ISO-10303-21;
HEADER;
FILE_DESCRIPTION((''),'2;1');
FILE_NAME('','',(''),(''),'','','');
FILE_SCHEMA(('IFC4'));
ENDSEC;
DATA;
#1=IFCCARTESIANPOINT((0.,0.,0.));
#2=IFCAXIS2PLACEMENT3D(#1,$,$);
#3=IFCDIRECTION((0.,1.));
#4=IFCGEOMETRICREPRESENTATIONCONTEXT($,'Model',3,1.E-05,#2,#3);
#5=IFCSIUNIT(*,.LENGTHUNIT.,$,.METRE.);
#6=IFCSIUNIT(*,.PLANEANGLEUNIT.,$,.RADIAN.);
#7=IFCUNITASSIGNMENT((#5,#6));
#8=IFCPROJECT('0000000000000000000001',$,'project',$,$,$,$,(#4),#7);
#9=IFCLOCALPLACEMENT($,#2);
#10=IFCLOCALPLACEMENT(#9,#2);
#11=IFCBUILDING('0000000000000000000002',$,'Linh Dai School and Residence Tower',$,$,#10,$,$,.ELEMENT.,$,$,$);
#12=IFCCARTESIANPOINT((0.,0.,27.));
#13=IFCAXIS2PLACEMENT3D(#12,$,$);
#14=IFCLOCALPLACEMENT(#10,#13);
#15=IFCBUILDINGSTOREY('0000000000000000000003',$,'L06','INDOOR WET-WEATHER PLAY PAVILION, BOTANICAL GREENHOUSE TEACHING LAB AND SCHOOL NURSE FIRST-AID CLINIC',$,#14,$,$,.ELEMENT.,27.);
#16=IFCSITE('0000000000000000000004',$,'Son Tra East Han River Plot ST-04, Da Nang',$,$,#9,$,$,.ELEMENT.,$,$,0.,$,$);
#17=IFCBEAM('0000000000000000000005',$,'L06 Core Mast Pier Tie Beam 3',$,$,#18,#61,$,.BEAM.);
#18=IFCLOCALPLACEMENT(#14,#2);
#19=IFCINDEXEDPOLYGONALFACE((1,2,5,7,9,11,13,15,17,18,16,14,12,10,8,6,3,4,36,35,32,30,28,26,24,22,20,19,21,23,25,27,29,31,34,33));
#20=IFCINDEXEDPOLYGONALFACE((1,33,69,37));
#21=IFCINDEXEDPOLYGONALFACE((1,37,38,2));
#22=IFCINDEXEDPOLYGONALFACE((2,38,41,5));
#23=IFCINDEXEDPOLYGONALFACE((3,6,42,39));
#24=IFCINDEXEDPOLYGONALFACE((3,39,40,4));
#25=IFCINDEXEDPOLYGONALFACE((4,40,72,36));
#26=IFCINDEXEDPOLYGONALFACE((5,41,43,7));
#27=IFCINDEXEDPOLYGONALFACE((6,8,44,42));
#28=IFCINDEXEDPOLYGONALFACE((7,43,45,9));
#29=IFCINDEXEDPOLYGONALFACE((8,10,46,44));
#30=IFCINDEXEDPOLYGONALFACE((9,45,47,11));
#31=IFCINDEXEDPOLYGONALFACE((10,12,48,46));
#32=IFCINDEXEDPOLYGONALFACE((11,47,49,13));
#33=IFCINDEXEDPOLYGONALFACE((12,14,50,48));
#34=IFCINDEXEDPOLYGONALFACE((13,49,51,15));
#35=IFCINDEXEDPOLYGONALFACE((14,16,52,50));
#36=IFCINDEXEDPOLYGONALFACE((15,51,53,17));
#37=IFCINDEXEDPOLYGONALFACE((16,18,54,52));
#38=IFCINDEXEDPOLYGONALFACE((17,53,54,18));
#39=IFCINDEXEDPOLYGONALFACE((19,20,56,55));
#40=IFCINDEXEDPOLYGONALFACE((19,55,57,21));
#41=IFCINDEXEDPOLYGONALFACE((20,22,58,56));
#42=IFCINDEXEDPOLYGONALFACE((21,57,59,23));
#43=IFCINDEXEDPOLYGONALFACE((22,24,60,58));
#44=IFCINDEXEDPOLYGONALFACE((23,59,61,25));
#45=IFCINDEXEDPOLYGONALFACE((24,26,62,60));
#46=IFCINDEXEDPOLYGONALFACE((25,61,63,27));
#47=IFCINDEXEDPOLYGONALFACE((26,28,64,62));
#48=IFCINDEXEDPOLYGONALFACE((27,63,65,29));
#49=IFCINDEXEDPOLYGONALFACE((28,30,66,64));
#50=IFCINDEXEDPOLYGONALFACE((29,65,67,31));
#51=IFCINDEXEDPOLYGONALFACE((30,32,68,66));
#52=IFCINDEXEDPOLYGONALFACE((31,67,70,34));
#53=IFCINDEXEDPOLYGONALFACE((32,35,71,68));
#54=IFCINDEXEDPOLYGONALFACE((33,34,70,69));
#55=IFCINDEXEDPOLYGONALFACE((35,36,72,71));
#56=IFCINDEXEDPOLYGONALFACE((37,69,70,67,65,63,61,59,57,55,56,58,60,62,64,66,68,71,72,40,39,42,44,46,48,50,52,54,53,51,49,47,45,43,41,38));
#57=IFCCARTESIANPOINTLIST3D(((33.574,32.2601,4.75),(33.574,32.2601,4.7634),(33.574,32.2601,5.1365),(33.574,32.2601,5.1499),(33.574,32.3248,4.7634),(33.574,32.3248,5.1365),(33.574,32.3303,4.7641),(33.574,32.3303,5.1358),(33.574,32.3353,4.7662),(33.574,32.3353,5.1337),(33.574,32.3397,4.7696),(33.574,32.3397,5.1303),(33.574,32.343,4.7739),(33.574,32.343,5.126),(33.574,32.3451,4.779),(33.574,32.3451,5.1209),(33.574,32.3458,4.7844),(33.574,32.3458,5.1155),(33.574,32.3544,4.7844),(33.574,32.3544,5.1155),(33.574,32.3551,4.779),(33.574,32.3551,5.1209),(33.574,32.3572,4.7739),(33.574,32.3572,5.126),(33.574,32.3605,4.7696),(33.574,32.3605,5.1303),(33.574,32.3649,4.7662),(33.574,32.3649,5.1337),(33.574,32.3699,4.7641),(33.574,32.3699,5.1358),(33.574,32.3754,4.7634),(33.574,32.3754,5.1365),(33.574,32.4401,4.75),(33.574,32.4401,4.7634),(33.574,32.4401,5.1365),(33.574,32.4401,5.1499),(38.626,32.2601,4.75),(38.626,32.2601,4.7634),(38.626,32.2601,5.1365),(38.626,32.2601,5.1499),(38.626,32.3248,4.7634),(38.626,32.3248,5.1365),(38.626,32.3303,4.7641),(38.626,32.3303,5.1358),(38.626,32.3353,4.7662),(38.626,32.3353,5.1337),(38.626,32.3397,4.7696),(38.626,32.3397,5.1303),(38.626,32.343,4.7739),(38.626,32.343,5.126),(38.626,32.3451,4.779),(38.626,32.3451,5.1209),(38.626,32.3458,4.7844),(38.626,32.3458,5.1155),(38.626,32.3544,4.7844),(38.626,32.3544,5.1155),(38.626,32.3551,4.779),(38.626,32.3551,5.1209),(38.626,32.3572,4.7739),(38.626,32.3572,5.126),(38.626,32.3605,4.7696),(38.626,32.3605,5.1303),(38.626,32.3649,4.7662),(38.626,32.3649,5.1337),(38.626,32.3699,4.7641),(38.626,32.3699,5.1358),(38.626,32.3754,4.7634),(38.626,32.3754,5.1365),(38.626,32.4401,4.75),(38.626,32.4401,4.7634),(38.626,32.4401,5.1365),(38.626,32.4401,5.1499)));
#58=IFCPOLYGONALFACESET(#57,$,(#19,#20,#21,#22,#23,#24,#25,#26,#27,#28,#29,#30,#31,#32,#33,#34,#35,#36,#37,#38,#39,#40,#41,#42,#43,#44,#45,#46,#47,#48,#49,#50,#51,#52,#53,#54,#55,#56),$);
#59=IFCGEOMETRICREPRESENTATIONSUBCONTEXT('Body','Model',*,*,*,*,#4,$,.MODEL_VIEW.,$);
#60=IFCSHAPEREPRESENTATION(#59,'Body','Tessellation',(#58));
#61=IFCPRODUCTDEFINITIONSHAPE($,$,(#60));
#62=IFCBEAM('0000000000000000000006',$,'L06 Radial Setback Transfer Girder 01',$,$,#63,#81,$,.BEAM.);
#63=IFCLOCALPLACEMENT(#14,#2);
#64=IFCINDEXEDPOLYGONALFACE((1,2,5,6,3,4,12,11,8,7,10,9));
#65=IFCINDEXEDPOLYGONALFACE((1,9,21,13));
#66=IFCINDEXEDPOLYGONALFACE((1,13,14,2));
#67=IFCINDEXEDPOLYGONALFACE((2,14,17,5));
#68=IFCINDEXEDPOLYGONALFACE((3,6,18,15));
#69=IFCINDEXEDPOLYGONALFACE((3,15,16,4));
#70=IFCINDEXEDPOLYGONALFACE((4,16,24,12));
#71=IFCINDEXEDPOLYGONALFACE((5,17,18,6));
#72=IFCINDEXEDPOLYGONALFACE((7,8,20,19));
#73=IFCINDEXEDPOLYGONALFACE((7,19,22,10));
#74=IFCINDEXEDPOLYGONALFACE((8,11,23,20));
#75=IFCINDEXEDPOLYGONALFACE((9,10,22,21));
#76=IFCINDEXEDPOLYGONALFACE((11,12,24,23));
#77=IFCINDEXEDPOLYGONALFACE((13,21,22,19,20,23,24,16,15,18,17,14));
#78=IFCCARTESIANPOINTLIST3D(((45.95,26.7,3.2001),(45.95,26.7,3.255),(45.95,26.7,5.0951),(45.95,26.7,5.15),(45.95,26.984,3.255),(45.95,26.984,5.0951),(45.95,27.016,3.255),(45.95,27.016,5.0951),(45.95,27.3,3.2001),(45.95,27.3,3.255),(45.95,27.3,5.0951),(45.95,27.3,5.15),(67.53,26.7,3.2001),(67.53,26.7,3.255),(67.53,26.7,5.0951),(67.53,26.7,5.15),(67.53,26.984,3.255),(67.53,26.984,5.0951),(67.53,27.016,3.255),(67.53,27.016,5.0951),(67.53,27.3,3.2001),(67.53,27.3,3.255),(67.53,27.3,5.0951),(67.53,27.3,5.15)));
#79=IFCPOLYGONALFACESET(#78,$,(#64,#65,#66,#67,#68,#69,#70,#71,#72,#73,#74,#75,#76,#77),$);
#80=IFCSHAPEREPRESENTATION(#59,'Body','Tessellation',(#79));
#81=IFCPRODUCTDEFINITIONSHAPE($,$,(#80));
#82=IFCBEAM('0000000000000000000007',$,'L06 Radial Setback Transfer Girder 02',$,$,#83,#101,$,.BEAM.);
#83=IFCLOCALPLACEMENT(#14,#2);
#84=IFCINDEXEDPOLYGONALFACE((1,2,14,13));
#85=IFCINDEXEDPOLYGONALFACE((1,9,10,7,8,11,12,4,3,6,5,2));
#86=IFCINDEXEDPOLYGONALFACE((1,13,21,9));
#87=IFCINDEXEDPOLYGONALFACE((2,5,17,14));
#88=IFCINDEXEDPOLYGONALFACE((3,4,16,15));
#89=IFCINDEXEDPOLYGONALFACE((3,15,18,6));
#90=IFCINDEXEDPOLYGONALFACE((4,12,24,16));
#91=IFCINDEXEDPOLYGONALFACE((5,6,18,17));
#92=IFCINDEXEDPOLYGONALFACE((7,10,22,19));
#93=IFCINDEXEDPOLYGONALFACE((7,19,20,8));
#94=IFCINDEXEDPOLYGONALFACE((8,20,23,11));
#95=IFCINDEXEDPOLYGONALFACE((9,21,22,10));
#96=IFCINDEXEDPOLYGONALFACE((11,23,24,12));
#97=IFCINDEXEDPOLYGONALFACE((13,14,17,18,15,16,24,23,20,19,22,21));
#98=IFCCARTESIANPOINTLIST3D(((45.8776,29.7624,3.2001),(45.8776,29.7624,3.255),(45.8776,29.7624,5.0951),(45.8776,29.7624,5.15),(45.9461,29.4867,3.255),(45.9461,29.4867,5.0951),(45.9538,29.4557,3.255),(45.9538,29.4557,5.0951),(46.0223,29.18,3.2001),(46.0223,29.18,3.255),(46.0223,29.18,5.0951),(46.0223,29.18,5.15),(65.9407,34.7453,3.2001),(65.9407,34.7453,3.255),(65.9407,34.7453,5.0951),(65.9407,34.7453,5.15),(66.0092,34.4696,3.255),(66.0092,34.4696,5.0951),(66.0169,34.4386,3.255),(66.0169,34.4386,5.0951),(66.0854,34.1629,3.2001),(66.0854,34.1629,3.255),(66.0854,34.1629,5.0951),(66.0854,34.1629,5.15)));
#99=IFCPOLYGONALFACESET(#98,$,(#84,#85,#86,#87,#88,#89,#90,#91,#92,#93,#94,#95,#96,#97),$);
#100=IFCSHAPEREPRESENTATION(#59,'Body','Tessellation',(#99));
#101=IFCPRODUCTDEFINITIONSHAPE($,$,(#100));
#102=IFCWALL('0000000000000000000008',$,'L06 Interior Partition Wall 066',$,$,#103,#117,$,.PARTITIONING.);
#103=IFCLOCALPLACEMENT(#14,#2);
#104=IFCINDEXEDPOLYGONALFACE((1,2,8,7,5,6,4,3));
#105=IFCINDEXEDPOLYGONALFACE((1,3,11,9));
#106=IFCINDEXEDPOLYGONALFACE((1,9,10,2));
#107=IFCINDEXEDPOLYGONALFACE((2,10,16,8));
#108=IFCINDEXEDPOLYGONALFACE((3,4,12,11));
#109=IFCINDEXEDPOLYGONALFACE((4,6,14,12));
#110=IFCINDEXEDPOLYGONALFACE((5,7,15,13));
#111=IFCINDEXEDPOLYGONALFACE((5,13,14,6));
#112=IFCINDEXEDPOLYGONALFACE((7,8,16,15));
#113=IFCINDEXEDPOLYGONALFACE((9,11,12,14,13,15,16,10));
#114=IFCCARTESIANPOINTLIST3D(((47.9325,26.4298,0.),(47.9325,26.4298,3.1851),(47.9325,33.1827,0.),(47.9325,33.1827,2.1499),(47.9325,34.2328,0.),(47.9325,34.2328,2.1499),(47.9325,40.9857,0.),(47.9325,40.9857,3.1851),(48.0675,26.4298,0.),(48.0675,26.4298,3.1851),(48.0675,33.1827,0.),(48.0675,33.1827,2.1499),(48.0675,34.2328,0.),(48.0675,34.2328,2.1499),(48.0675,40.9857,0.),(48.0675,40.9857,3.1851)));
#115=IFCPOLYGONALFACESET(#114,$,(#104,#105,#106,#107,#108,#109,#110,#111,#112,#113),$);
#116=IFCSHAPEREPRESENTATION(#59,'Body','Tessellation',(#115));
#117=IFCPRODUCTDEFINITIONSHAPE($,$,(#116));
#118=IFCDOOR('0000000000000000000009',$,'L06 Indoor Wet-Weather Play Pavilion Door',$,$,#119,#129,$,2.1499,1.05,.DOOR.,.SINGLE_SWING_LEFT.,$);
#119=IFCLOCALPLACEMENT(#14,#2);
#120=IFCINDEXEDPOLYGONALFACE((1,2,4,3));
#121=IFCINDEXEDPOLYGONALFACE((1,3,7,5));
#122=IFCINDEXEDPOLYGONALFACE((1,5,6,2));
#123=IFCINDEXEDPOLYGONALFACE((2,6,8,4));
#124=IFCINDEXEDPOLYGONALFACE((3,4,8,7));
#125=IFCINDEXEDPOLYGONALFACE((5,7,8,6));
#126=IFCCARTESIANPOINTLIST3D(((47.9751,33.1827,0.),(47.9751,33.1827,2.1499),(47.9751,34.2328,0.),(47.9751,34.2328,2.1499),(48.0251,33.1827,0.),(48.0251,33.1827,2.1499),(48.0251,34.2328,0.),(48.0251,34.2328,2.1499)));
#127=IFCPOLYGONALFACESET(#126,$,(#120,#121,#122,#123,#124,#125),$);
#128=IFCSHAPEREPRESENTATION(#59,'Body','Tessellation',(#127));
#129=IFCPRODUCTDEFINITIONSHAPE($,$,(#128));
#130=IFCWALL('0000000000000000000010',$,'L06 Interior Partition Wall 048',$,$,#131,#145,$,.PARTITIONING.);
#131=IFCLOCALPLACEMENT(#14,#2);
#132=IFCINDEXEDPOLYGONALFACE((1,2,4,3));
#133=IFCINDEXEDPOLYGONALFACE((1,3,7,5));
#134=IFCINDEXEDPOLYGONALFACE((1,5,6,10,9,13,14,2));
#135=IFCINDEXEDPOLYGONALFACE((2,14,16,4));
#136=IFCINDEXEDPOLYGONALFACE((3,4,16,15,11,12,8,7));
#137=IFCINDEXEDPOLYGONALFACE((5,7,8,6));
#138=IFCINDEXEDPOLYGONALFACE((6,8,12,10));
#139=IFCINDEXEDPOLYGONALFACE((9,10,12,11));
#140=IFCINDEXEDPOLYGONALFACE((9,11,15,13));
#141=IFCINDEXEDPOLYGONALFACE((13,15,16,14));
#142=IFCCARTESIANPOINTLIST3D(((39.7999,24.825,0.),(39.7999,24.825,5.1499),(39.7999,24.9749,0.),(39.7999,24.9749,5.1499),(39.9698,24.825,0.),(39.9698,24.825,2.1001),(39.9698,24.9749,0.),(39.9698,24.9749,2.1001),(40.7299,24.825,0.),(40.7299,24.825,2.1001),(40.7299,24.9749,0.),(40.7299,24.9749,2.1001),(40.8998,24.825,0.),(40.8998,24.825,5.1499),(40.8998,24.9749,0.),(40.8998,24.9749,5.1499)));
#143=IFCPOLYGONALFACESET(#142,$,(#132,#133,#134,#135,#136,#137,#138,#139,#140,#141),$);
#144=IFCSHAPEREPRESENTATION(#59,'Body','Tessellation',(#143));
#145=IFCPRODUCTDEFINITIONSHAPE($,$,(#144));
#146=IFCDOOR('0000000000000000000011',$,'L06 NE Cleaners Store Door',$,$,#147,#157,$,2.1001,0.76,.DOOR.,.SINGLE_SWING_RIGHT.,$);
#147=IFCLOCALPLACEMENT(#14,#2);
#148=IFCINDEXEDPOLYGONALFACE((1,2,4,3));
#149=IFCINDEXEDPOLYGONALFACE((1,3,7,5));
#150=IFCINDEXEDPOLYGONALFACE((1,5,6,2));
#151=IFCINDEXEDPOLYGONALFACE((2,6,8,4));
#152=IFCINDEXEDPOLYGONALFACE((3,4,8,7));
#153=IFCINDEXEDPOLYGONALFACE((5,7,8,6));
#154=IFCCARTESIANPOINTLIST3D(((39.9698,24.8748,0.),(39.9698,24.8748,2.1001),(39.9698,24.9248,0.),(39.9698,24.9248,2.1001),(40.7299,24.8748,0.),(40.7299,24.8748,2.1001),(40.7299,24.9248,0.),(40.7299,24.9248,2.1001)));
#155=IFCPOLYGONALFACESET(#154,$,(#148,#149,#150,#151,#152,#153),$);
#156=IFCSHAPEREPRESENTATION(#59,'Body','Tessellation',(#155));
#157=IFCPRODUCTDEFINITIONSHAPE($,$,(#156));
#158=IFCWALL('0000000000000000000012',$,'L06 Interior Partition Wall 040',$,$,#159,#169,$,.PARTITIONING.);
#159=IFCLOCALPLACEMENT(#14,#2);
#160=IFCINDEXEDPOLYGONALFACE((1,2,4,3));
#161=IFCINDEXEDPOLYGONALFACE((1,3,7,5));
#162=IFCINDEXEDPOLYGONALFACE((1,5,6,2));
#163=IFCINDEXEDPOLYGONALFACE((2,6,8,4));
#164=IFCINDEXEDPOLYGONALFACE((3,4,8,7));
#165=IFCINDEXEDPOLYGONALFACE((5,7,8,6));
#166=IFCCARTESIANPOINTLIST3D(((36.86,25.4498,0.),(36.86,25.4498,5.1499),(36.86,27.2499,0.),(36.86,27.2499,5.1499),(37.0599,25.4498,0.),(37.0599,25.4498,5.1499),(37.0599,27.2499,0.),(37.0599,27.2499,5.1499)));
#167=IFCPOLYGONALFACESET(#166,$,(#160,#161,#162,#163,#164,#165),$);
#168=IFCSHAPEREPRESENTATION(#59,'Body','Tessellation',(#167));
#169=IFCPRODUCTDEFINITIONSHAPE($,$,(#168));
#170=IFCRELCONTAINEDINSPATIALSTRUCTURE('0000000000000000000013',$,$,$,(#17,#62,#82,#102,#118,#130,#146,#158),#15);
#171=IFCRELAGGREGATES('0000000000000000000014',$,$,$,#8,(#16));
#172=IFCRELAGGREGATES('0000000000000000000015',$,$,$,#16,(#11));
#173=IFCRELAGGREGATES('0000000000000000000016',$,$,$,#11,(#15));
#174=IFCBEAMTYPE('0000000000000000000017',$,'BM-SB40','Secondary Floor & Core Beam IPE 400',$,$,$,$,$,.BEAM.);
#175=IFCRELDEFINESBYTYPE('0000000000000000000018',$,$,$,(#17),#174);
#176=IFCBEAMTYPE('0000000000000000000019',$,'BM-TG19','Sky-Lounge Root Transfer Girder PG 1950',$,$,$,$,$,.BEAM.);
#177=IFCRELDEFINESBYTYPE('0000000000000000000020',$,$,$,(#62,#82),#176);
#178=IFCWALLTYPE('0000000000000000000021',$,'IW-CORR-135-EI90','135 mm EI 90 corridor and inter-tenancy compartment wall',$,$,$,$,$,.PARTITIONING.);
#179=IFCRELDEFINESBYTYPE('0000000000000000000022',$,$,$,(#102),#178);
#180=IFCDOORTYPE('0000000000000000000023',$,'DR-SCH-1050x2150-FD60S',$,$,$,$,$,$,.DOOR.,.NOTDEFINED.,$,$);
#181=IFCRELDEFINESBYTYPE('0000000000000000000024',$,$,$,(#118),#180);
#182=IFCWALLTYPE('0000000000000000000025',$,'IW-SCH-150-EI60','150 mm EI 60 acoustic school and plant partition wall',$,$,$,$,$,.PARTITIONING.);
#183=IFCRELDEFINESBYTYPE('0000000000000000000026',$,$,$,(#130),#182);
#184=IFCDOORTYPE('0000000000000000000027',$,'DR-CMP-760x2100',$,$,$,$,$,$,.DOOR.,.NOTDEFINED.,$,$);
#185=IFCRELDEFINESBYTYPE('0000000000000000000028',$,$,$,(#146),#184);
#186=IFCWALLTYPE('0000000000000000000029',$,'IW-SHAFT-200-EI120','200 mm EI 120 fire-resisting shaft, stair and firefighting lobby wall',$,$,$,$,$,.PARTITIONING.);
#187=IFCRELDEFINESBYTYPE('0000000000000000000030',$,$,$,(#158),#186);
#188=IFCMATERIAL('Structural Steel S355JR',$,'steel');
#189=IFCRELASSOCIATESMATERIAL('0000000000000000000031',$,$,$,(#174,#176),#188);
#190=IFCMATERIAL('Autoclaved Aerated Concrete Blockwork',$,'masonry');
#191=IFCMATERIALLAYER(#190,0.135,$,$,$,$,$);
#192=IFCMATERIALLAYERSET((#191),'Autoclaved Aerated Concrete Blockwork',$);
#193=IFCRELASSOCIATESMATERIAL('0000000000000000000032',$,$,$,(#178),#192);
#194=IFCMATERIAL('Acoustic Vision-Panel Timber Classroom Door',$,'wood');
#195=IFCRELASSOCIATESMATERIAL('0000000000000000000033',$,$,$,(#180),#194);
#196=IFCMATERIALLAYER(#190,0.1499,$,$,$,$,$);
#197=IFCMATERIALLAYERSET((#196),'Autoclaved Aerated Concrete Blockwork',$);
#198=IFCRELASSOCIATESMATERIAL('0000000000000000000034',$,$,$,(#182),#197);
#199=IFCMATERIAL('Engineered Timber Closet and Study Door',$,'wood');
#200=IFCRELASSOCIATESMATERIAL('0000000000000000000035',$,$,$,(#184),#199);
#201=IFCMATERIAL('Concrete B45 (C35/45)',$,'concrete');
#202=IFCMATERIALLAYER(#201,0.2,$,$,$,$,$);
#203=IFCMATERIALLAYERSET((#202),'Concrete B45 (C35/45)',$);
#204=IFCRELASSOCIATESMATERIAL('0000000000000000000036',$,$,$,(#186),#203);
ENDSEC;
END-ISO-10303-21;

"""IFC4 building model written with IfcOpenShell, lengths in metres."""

from ifc_helpers import new_model, si_unit, direction, frame, frame_2d, origin, origin_2d, place, context, subcontext, project, spatial, rectangle, i_section, extrude, source, transform, mapped, material, layer, layer_set, material_profile, profile_set, type_object, element, fill, save


model = new_model("IFC4")

# Units and contexts
model_context = context("Model", 3, precision=1e-05, world=origin(), true_north=direction((0.0, 1.0)))
body_context = subcontext(model_context, "Body", "Model", "MODEL_VIEW")
ifc_project = project(units=[si_unit("LENGTHUNIT", "METRE"), si_unit("PLANEANGLEUNIT", "RADIAN")], contexts=[model_context])

# Site, building, storey
site_placement = place(None, origin())
site = spatial("IfcSite", under=ifc_project, at=site_placement, Name="Son Tra East Han River Plot ST-04, Da Nang", CompositionType="ELEMENT", RefElevation=0.0)
building_placement = place(site_placement, origin())
building = spatial("IfcBuilding", under=site, at=building_placement, Name="Linh Dai School and Residence Tower", CompositionType="ELEMENT")
storey_placement = place(building_placement, frame((0.0, 0.0, 27.0)))
storey = spatial("IfcBuildingStorey", under=building, at=storey_placement, Name="L06", Description="INDOOR WET-WEATHER PLAY PAVILION, BOTANICAL GREENHOUSE TEACHING LAB AND SCHOOL NURSE FIRST-AID CLINIC", CompositionType="ELEMENT", Elevation=27.0)

# Shared definitions
ifc_material_1 = material(Name="Structural Steel S355JR", Category="steel")

# Beams
ifc_material_profile_1 = material_profile(ifc_material_1, i_section(OverallWidth=0.1799, OverallDepth=0.3999, WebThickness=0.0085, FlangeThickness=0.0134, FilletRadius=0.021, at=origin_2d()), Name="IPE 400")
ifc_profile_set_1 = profile_set([ifc_material_profile_1], Name="Structural Steel S355JR")
beam_type_1 = type_object("IfcBeamType", Name="BM-SB40", Description="Secondary Floor & Core Beam IPE 400", PredefinedType="BEAM", material=ifc_profile_set_1)
beam_1_placement = place(storey_placement, frame((38.626, 32.3501, 4.95), z_axis=(-1.0, 0.0, 0.0), x_axis=(0.0, -1.0, 0.0)))
element("IfcBeam", 1, at=beam_1_placement, inside=storey, type_object=beam_type_1, Name="L06 Core Mast Pier Tie Beam 3", PredefinedType="BEAM", context=body_context, shape_type="SweptSolid", body=[
    extrude(i_section(OverallWidth=0.1799, OverallDepth=0.3999, WebThickness=0.0085, FlangeThickness=0.0134, FilletRadius=0.021, at=origin_2d()), origin(), (0.0, 0.0, 1.0), 5.052),
])
ifc_material_profile_2 = material_profile(ifc_material_1, i_section(OverallWidth=0.6001, OverallDepth=1.95, WebThickness=0.032, FlangeThickness=0.0549, at=origin_2d()), Name="PG 1950x600x32x55")
ifc_profile_set_2 = profile_set([ifc_material_profile_2], Name="Structural Steel S355JR")
beam_type_2 = type_object("IfcBeamType", Name="BM-TG19", Description="Sky-Lounge Root Transfer Girder PG 1950", PredefinedType="BEAM", material=ifc_profile_set_2)
beam_2_placement = place(storey_placement, frame((45.95, 27.0, 4.175), z_axis=(1.0, 0.0, 0.0), x_axis=(0.0, 1.0, 0.0)))
element("IfcBeam", 2, at=beam_2_placement, inside=storey, type_object=beam_type_2, Name="L06 Radial Setback Transfer Girder 01", PredefinedType="BEAM", context=body_context, shape_type="SweptSolid", body=[
    extrude(i_section(OverallWidth=0.6001, OverallDepth=1.95, WebThickness=0.032, FlangeThickness=0.0549, at=origin_2d()), origin(), (0.0, 0.0, 1.0), 21.5801),
])
beam_3_placement = place(storey_placement, frame((45.95, 29.4712, 4.175), z_axis=(0.970515, 0.24104, 0.0), x_axis=(-0.24104, 0.970515, 0.0)))
element("IfcBeam", 3, at=beam_3_placement, inside=storey, type_object=beam_type_2, Name="L06 Radial Setback Transfer Girder 02", PredefinedType="BEAM", context=body_context, shape_type="SweptSolid", body=[
    extrude(i_section(OverallWidth=0.6001, OverallDepth=1.95, WebThickness=0.032, FlangeThickness=0.0549, at=origin_2d()), origin(), (0.0, 0.0, 1.0), 20.6726),
])

# Walls, openings, doors
ifc_material_2 = material(Name="Autoclaved Aerated Concrete Blockwork", Category="masonry")
ifc_layer_1 = layer(ifc_material_2, 0.135)
ifc_layer_set_1 = layer_set([ifc_layer_1], Name="Autoclaved Aerated Concrete Blockwork")
wall_type_1 = type_object("IfcWallType", Name="IW-CORR-135-EI90", Description="135 mm EI 90 corridor and inter-tenancy compartment wall", PredefinedType="PARTITIONING", material=ifc_layer_set_1)
wall_1_placement = place(storey_placement, frame((48.0, 26.4299, 0.0), z_axis=(0.0, 0.0, 1.0), x_axis=(0.0, 1.0, 0.0)))
wall_1 = element("IfcWall", 4, at=wall_1_placement, inside=storey, type_object=wall_type_1, Name="L06 Interior Partition Wall 066", PredefinedType="PARTITIONING", context=body_context, shape_type="SweptSolid", body=[
    extrude(rectangle(XDim=14.5559, YDim=0.135, at=frame_2d((7.2778, 0.0))), origin(), (0.0, 0.0, 1.0), 3.1851),
])
opening_1_placement = place(wall_1_placement, frame((6.7529, 0.0, 0.0)))
opening_1 = element("IfcOpeningElement", 5, at=opening_1_placement, cuts=wall_1, PredefinedType="OPENING", context=body_context, shape_type="SweptSolid", body=[
    extrude(rectangle(XDim=1.05, YDim=2.1499, at=origin_2d()), frame((0.5249, 0.0776, 1.075), z_axis=(0.0, -1.0, 0.0), x_axis=(1.0, 0.0, 0.0)), (0.0, 0.0, 1.0), 0.155),
])
ifc_material_3 = material(Name="Acoustic Vision-Panel Timber Classroom Door", Category="wood")
door_type_1 = type_object("IfcDoorType", Name="DR-SCH-1050x2150-FD60S", OperationType="NOTDEFINED", PredefinedType="DOOR", material=ifc_material_3)
shared_shape_1 = source(origin(), body_context, "Body", "SweptSolid", [
    extrude(rectangle(XDim=1.05, YDim=2.1499, at=origin_2d()), frame((0.5249, 0.0249, 1.075), z_axis=(0.0, -1.0, 0.0), x_axis=(1.0, 0.0, 0.0)), (0.0, 0.0, 1.0), 0.05),
])
door_1_placement = place(opening_1_placement, origin())
door_1 = element("IfcDoor", 6, at=door_1_placement, inside=storey, type_object=door_type_1, Name="L06 Indoor Wet-Weather Play Pavilion Door", OperationType="SINGLE_SWING_LEFT", OverallHeight=2.1499, OverallWidth=1.05, PredefinedType="DOOR", context=body_context, shape_type="MappedRepresentation", body=[
    mapped(shared_shape_1, transform((0.0, 0.0, 0.0), x_axis=(1.0, 0.0, 0.0), y_axis=(0.0, 1.0, 0.0), z_axis=(0.0, 0.0, 1.0), scale=1.0)),
])
fill(opening_1, door_1)
ifc_layer_2 = layer(ifc_material_2, 0.1499)
ifc_layer_set_2 = layer_set([ifc_layer_2], Name="Autoclaved Aerated Concrete Blockwork")
wall_type_2 = type_object("IfcWallType", Name="IW-SCH-150-EI60", Description="150 mm EI 60 acoustic school and plant partition wall", PredefinedType="PARTITIONING", material=ifc_layer_set_2)
wall_2_placement = place(storey_placement, frame((39.8, 24.8999, 0.0), z_axis=(0.0, 0.0, 1.0), x_axis=(1.0, 0.0, 0.0)))
wall_2 = element("IfcWall", 7, at=wall_2_placement, inside=storey, type_object=wall_type_2, Name="L06 Interior Partition Wall 048", PredefinedType="PARTITIONING", context=body_context, shape_type="SweptSolid", body=[
    extrude(rectangle(XDim=1.0999, YDim=0.1499, at=frame_2d((0.5498, 0.0))), origin(), (0.0, 0.0, 1.0), 5.1499),
])
opening_2_placement = place(wall_2_placement, frame((0.1699, 0.0, 0.0)))
opening_2 = element("IfcOpeningElement", 8, at=opening_2_placement, cuts=wall_2, PredefinedType="OPENING", context=body_context, shape_type="SweptSolid", body=[
    extrude(rectangle(XDim=0.76, YDim=2.1001, at=origin_2d()), frame((0.3799, 0.085, 1.05), z_axis=(0.0, -1.0, 0.0), x_axis=(1.0, 0.0, 0.0)), (0.0, 0.0, 1.0), 0.1699),
])
ifc_material_4 = material(Name="Engineered Timber Closet and Study Door", Category="wood")
door_type_2 = type_object("IfcDoorType", Name="DR-CMP-760x2100", OperationType="NOTDEFINED", PredefinedType="DOOR", material=ifc_material_4)
shared_shape_2 = source(origin(), body_context, "Body", "SweptSolid", [
    extrude(rectangle(XDim=0.76, YDim=2.1001, at=origin_2d()), frame((0.3799, 0.0249, 1.05), z_axis=(0.0, -1.0, 0.0), x_axis=(1.0, 0.0, 0.0)), (0.0, 0.0, 1.0), 0.05),
])
door_2_placement = place(opening_2_placement, origin())
door_2 = element("IfcDoor", 9, at=door_2_placement, inside=storey, type_object=door_type_2, Name="L06 NE Cleaners Store Door", OperationType="SINGLE_SWING_RIGHT", OverallHeight=2.1001, OverallWidth=0.76, PredefinedType="DOOR", context=body_context, shape_type="MappedRepresentation", body=[
    mapped(shared_shape_2, transform((0.0, 0.0, 0.0), x_axis=(1.0, 0.0, 0.0), y_axis=(0.0, 1.0, 0.0), z_axis=(0.0, 0.0, 1.0), scale=1.0)),
])
fill(opening_2, door_2)

# Wall
ifc_material_5 = material(Name="Concrete B45 (C35/45)", Category="concrete")
ifc_layer_3 = layer(ifc_material_5, 0.2)
ifc_layer_set_3 = layer_set([ifc_layer_3], Name="Concrete B45 (C35/45)")
wall_type_3 = type_object("IfcWallType", Name="IW-SHAFT-200-EI120", Description="200 mm EI 120 fire-resisting shaft, stair and firefighting lobby wall", PredefinedType="PARTITIONING", material=ifc_layer_set_3)
wall_3_placement = place(storey_placement, frame((36.96, 25.45, 0.0), z_axis=(0.0, 0.0, 1.0), x_axis=(0.0, 1.0, 0.0)))
element("IfcWall", 10, at=wall_3_placement, inside=storey, type_object=wall_type_3, Name="L06 Interior Partition Wall 040", PredefinedType="PARTITIONING", context=body_context, shape_type="SweptSolid", body=[
    extrude(rectangle(XDim=1.8, YDim=0.2, at=frame_2d((0.8999, 0.0))), origin(), (0.0, 0.0, 1.0), 5.1499),
])

save(model, "model.ifc")
